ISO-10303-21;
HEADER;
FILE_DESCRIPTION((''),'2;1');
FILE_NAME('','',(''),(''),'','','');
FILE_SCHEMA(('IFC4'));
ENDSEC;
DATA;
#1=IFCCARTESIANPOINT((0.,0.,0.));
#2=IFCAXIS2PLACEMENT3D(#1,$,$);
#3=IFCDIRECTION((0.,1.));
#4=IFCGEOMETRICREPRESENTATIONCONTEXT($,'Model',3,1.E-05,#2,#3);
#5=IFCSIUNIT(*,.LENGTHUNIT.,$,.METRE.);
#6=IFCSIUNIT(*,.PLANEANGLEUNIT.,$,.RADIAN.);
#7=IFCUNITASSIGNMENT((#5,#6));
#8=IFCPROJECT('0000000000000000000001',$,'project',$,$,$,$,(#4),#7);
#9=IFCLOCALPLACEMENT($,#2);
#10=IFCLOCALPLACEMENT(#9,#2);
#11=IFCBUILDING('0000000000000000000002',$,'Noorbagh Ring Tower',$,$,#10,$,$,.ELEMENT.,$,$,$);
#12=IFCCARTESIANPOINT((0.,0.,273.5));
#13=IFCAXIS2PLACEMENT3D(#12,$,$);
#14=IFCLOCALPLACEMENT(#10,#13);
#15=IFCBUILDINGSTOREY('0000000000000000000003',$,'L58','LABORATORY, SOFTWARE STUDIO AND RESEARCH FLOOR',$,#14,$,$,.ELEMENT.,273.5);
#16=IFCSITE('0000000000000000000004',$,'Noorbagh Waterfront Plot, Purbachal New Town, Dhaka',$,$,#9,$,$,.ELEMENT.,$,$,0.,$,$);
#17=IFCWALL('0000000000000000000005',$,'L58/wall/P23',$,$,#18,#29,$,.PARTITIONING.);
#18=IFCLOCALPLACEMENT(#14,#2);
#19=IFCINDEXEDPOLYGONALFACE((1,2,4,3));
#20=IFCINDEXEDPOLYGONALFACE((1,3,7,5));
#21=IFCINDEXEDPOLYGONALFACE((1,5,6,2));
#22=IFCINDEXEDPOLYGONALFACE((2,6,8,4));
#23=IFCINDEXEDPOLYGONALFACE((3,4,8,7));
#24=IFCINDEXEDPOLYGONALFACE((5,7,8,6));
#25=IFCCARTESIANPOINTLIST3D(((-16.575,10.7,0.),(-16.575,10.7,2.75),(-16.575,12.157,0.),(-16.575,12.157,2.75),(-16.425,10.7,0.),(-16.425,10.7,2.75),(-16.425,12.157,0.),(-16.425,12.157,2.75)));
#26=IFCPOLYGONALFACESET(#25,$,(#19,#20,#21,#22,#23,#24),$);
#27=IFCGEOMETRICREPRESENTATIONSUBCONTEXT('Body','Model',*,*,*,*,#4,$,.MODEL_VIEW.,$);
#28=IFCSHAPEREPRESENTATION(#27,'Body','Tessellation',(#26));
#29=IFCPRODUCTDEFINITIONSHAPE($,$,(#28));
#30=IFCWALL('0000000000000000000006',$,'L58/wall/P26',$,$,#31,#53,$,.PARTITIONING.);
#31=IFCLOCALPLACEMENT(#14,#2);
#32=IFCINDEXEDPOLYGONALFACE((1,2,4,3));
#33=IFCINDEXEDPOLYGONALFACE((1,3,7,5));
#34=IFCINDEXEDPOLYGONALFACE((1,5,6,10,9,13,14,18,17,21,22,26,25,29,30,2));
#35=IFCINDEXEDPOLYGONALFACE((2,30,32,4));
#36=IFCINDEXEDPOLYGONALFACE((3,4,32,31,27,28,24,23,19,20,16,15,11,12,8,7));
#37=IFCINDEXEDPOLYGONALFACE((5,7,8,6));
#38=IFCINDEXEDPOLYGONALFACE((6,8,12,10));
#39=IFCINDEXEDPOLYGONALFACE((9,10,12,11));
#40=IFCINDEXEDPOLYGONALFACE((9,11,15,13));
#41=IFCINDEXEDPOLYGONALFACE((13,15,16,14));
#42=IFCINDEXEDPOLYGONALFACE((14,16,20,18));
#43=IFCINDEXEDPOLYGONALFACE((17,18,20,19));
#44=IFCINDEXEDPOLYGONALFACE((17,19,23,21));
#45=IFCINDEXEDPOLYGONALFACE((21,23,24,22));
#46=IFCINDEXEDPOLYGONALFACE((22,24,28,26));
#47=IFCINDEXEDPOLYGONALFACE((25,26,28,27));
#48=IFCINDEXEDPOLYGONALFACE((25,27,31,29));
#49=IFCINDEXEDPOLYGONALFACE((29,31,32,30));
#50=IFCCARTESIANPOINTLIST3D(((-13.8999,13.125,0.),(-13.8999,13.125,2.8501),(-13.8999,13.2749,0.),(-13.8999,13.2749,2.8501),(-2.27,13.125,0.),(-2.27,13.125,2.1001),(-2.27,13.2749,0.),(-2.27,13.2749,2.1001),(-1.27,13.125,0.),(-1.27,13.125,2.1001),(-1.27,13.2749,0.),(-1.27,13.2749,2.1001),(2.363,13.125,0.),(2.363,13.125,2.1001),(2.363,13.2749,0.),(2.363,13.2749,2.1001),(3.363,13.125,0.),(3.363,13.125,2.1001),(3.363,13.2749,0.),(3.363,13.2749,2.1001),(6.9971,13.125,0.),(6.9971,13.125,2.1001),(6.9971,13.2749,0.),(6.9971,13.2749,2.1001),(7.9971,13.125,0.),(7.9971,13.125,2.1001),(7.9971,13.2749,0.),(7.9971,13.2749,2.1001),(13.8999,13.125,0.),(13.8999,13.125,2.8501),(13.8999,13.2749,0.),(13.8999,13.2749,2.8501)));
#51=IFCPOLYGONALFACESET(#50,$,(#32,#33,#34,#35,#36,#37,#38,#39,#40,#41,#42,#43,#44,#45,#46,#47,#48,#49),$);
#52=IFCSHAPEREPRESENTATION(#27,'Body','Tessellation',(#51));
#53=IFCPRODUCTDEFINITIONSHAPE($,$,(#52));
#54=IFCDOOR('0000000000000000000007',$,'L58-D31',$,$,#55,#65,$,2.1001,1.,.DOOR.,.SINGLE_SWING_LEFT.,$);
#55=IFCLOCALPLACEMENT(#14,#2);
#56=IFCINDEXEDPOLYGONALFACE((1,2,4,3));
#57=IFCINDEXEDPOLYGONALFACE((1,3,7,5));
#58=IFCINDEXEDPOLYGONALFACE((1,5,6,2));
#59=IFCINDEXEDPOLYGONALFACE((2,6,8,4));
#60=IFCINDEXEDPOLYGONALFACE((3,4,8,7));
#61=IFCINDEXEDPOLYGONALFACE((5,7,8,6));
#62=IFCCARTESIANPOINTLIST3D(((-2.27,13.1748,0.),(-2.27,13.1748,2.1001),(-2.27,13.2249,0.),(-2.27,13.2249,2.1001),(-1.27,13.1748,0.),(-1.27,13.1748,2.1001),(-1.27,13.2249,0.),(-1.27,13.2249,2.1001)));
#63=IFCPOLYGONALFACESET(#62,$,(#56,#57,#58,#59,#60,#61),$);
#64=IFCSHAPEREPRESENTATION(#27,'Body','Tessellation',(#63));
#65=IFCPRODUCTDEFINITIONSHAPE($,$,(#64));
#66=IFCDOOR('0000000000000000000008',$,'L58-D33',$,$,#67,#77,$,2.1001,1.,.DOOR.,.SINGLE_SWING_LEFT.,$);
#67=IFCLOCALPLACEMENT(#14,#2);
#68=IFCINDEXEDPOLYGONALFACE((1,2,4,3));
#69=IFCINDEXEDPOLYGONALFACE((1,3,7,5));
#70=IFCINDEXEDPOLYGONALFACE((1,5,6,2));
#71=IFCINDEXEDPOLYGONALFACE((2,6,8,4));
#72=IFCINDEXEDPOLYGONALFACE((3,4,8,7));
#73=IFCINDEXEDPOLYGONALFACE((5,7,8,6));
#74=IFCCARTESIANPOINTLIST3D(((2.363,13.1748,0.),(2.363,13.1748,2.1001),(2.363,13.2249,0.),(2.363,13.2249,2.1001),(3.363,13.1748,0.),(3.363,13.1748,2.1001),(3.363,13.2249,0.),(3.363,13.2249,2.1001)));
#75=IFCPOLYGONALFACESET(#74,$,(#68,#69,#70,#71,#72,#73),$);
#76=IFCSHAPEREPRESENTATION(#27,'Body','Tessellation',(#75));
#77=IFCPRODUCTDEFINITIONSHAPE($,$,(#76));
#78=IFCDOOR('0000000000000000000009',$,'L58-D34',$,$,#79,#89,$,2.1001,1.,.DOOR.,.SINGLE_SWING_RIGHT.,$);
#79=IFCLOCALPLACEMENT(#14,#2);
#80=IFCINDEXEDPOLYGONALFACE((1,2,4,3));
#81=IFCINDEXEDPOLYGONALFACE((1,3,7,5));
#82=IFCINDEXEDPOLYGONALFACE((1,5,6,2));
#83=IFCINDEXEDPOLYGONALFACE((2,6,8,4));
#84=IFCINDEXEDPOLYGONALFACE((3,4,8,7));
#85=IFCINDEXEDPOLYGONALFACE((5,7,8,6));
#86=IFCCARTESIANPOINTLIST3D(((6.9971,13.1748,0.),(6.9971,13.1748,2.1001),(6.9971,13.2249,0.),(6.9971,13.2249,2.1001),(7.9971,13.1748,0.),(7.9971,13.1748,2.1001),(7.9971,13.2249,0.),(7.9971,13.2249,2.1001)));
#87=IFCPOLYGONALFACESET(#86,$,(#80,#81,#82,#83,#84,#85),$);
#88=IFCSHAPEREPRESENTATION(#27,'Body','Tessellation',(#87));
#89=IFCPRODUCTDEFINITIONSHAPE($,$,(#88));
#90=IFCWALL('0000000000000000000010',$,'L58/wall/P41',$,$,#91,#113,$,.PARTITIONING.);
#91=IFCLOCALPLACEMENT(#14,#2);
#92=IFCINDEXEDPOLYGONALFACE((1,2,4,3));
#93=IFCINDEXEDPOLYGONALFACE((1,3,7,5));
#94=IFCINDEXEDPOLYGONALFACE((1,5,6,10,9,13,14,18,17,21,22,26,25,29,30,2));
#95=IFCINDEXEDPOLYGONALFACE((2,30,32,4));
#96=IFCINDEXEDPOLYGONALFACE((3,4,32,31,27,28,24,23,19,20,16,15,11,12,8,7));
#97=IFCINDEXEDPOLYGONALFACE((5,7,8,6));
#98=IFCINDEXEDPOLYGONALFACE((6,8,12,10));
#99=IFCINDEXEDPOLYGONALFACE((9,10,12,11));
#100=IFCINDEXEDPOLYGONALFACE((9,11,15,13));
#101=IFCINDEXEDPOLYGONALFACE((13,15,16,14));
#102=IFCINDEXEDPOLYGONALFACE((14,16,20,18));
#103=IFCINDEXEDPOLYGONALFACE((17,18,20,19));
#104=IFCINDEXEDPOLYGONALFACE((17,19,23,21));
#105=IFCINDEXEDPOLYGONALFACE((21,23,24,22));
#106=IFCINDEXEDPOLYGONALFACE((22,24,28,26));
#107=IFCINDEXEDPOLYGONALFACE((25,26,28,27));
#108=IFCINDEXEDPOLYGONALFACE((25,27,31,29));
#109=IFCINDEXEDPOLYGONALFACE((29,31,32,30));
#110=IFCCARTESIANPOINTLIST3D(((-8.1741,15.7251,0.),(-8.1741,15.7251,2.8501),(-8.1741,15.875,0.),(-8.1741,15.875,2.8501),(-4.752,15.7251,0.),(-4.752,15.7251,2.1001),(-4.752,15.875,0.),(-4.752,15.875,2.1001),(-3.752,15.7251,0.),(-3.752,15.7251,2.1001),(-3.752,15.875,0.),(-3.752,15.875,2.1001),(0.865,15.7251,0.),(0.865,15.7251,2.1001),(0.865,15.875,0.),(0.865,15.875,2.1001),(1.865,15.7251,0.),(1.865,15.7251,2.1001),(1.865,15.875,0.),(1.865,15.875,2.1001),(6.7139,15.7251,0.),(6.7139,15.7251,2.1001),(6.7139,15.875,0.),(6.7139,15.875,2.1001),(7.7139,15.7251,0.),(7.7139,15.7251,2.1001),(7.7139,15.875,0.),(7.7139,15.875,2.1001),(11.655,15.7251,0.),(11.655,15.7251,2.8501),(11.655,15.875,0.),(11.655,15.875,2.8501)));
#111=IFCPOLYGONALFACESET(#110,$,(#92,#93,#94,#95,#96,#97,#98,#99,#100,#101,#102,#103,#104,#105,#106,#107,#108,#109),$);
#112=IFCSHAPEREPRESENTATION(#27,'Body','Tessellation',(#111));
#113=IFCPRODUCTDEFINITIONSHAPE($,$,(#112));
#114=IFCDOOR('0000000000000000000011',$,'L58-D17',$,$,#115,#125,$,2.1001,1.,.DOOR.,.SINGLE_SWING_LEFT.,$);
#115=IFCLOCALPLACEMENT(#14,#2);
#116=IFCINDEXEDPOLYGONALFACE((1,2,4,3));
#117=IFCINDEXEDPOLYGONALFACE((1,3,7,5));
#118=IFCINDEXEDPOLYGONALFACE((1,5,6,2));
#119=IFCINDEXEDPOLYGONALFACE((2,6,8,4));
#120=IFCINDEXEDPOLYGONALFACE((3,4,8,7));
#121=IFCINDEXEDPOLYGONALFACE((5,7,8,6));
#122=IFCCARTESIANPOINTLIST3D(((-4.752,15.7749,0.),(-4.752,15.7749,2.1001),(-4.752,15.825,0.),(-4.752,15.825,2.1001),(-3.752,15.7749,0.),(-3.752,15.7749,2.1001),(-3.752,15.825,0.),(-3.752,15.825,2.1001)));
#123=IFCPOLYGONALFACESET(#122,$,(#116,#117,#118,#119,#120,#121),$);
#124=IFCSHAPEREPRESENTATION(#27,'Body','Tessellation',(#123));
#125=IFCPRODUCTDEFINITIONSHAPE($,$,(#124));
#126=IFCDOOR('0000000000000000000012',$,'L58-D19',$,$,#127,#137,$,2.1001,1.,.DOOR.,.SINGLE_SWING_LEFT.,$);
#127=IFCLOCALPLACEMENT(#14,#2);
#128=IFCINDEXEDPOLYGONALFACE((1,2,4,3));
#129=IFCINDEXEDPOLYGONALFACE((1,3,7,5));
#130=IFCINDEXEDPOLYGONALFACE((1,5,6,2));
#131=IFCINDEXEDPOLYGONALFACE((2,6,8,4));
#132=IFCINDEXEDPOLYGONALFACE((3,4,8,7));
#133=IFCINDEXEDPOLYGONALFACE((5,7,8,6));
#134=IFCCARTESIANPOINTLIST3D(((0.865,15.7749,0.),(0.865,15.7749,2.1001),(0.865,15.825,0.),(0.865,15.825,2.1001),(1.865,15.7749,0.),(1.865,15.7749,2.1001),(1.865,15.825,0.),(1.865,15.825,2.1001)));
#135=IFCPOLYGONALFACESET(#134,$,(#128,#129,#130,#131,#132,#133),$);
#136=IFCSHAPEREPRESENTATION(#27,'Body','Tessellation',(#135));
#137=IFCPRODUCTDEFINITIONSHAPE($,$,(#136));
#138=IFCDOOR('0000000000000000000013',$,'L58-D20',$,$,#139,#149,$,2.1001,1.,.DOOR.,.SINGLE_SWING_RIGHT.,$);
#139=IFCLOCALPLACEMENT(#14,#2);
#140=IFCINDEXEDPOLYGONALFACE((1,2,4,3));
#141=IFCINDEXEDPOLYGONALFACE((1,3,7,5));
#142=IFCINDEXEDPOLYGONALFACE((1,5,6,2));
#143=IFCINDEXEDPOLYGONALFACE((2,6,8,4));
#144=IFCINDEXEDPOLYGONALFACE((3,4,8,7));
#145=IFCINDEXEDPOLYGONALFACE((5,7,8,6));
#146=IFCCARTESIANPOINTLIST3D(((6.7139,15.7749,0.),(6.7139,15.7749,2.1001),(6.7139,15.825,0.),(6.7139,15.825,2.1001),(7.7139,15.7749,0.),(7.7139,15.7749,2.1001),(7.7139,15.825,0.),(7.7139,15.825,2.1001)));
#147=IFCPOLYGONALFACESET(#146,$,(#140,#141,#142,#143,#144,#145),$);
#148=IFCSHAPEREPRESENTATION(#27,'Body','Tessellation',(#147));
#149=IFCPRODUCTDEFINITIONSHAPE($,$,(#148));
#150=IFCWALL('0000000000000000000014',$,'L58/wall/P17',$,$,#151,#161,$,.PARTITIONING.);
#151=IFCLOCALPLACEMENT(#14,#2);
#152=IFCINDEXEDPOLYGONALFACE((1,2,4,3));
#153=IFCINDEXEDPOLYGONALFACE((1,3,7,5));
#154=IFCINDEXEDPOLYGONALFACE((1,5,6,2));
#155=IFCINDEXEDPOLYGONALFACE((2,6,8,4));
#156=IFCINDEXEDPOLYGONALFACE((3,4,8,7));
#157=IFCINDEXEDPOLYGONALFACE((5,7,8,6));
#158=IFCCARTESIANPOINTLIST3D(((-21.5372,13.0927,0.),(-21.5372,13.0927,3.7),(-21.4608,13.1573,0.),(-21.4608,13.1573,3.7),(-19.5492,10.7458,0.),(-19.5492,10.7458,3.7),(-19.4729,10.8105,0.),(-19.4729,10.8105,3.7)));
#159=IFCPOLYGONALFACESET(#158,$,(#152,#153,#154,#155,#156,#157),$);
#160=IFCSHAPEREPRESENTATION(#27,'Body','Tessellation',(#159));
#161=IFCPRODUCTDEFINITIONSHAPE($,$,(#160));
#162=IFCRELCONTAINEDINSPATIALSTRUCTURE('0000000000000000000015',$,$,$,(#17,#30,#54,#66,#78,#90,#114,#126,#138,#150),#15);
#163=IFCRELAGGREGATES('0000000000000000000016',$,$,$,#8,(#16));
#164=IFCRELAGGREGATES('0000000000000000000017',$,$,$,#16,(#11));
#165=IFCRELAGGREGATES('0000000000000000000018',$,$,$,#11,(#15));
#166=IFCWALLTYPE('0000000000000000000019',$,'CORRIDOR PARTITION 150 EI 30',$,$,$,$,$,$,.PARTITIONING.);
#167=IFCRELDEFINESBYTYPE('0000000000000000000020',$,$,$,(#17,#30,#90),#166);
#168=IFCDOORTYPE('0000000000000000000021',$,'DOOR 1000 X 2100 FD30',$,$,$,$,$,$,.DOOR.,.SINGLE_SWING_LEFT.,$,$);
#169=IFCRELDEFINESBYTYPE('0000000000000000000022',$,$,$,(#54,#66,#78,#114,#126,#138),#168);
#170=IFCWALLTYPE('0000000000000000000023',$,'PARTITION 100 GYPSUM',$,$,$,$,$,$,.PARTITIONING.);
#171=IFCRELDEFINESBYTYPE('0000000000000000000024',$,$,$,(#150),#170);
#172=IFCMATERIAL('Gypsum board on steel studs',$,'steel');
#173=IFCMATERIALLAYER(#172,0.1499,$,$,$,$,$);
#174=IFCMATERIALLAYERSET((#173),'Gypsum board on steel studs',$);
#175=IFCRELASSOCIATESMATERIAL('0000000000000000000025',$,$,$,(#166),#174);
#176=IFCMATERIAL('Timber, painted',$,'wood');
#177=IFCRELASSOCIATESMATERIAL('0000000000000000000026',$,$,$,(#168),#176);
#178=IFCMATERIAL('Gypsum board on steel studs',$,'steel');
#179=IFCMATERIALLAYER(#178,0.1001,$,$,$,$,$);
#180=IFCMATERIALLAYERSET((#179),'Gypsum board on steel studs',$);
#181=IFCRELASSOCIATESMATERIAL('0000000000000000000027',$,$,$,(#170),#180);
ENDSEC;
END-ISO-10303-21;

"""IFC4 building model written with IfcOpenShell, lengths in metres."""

from ifc_helpers import new_model, si_unit, direction, frame, frame_2d, origin, place, context, subcontext, project, spatial, rectangle, extrude, material, layer, layer_set, type_object, element, fill, save


model = new_model("IFC4")

# Units and contexts
model_context = context("Model", 3, precision=1e-05, world=origin(), true_north=direction((0.0, 1.0)))
body_context = subcontext(model_context, "Body", "Model", "MODEL_VIEW")
ifc_project = project(units=[si_unit("LENGTHUNIT", "METRE"), si_unit("PLANEANGLEUNIT", "RADIAN")], contexts=[model_context])

# Site, building, storey
site_placement = place(None, origin())
site = spatial("IfcSite", under=ifc_project, at=site_placement, Name="Noorbagh Waterfront Plot, Purbachal New Town, Dhaka", CompositionType="ELEMENT", RefElevation=0.0)
building_placement = place(site_placement, origin())
building = spatial("IfcBuilding", under=site, at=building_placement, Name="Noorbagh Ring Tower", CompositionType="ELEMENT")
storey_placement = place(building_placement, frame((0.0, 0.0, 273.5)))
storey = spatial("IfcBuildingStorey", under=building, at=storey_placement, Name="L58", Description="LABORATORY, SOFTWARE STUDIO AND RESEARCH FLOOR", CompositionType="ELEMENT", Elevation=273.5)

# Wall
ifc_material_1 = material(Name="Gypsum board on steel studs", Category="steel")
ifc_layer_1 = layer(ifc_material_1, 0.1499)
ifc_layer_set_1 = layer_set([ifc_layer_1], Name="Gypsum board on steel studs")
wall_type_1 = type_object("IfcWallType", Name="CORRIDOR PARTITION 150 EI 30", PredefinedType="PARTITIONING", material=ifc_layer_set_1)
wall_1_placement = place(storey_placement, frame((-16.5, 10.7, 0.0), z_axis=(0.0, 0.0, 1.0), x_axis=(0.0, 1.0, 0.0)))
element("IfcWall", 1, at=wall_1_placement, inside=storey, type_object=wall_type_1, Name="L58/wall/P23", PredefinedType="PARTITIONING", context=body_context, shape_type="SweptSolid", body=[
    extrude(rectangle(XDim=1.457, YDim=0.1499, at=frame_2d((0.7285, 0.0))), origin(), (0.0, 0.0, 1.0), 2.75),
])

# Walls, openings, doors
wall_2_placement = place(storey_placement, frame((-13.8999, 13.2, 0.0), z_axis=(0.0, 0.0, 1.0), x_axis=(1.0, 0.0, 0.0)))
wall_2 = element("IfcWall", 2, at=wall_2_placement, inside=storey, type_object=wall_type_1, Name="L58/wall/P26", PredefinedType="PARTITIONING", context=body_context, shape_type="SweptSolid", body=[
    extrude(rectangle(XDim=27.7998, YDim=0.1499, at=frame_2d((13.8999, 0.0))), origin(), (0.0, 0.0, 1.0), 2.8501),
])
opening_1_placement = place(wall_2_placement, frame((11.6299, 0.0, 0.0)))
opening_1 = element("IfcOpeningElement", 3, at=opening_1_placement, cuts=wall_2, PredefinedType="OPENING", context=body_context, shape_type="SweptSolid", body=[
    extrude(rectangle(XDim=1.0, YDim=2.1001, at=frame_2d((0.5, 1.05))), frame((0.0, 0.085, 0.0), z_axis=(0.0, -1.0, 0.0), x_axis=(1.0, 0.0, 0.0)), (0.0, 0.0, 1.0), 0.1699),
])
opening_2_placement = place(wall_2_placement, frame((16.2629, 0.0, 0.0)))
opening_2 = element("IfcOpeningElement", 4, at=opening_2_placement, cuts=wall_2, PredefinedType="OPENING", context=body_context, shape_type="SweptSolid", body=[
    extrude(rectangle(XDim=1.0, YDim=2.1001, at=frame_2d((0.5, 1.05))), frame((0.0, 0.085, 0.0), z_axis=(0.0, -1.0, 0.0), x_axis=(1.0, 0.0, 0.0)), (0.0, 0.0, 1.0), 0.1699),
])
opening_3_placement = place(wall_2_placement, frame((20.897, 0.0, 0.0)))
opening_3 = element("IfcOpeningElement", 5, at=opening_3_placement, cuts=wall_2, PredefinedType="OPENING", context=body_context, shape_type="SweptSolid", body=[
    extrude(rectangle(XDim=1.0, YDim=2.1001, at=frame_2d((0.5, 1.05))), frame((0.0, 0.085, 0.0), z_axis=(0.0, -1.0, 0.0), x_axis=(1.0, 0.0, 0.0)), (0.0, 0.0, 1.0), 0.1699),
])
ifc_material_2 = material(Name="Timber, painted", Category="wood")
door_type = type_object("IfcDoorType", Name="DOOR 1000 X 2100 FD30", OperationType="SINGLE_SWING_LEFT", PredefinedType="DOOR", material=ifc_material_2)
door_1_placement = place(opening_1_placement, origin())
door_1 = element("IfcDoor", 6, at=door_1_placement, inside=storey, type_object=door_type, Name="L58-D31", OperationType="SINGLE_SWING_LEFT", OverallHeight=2.1001, OverallWidth=1.0, PredefinedType="DOOR", context=body_context, shape_type="SweptSolid", body=[
    extrude(rectangle(XDim=1.0, YDim=2.1001, at=frame_2d((0.5, 1.05))), frame((0.0, 0.0249, 0.0), z_axis=(0.0, -1.0, 0.0), x_axis=(1.0, 0.0, 0.0)), (0.0, 0.0, 1.0), 0.05),
])
fill(opening_1, door_1)
door_2_placement = place(opening_2_placement, origin())
door_2 = element("IfcDoor", 7, at=door_2_placement, inside=storey, type_object=door_type, Name="L58-D33", OperationType="SINGLE_SWING_LEFT", OverallHeight=2.1001, OverallWidth=1.0, PredefinedType="DOOR", context=body_context, shape_type="SweptSolid", body=[
    extrude(rectangle(XDim=1.0, YDim=2.1001, at=frame_2d((0.5, 1.05))), frame((0.0, 0.0249, 0.0), z_axis=(0.0, -1.0, 0.0), x_axis=(1.0, 0.0, 0.0)), (0.0, 0.0, 1.0), 0.05),
])
fill(opening_2, door_2)
door_3_placement = place(opening_3_placement, origin())
door_3 = element("IfcDoor", 8, at=door_3_placement, inside=storey, type_object=door_type, Name="L58-D34", OperationType="SINGLE_SWING_RIGHT", OverallHeight=2.1001, OverallWidth=1.0, PredefinedType="DOOR", context=body_context, shape_type="SweptSolid", body=[
    extrude(rectangle(XDim=1.0, YDim=2.1001, at=frame_2d((0.5, 1.05))), frame((0.0, 0.0249, 0.0), z_axis=(0.0, -1.0, 0.0), x_axis=(1.0, 0.0, 0.0)), (0.0, 0.0, 1.0), 0.05),
])
fill(opening_3, door_3)
wall_3_placement = place(storey_placement, frame((-8.1741, 15.8, 0.0), z_axis=(0.0, 0.0, 1.0), x_axis=(1.0, 0.0, 0.0)))
wall_3 = element("IfcWall", 9, at=wall_3_placement, inside=storey, type_object=wall_type_1, Name="L58/wall/P41", PredefinedType="PARTITIONING", context=body_context, shape_type="SweptSolid", body=[
    extrude(rectangle(XDim=19.8291, YDim=0.1499, at=frame_2d((9.9146, 0.0))), origin(), (0.0, 0.0, 1.0), 2.8501),
])
opening_4_placement = place(wall_3_placement, frame((3.4221, 0.0, 0.0)))
opening_4 = element("IfcOpeningElement", 10, at=opening_4_placement, cuts=wall_3, PredefinedType="OPENING", context=body_context, shape_type="SweptSolid", body=[
    extrude(rectangle(XDim=1.0, YDim=2.1001, at=frame_2d((0.5, 1.05))), frame((0.0, 0.085, 0.0), z_axis=(0.0, -1.0, 0.0), x_axis=(1.0, 0.0, 0.0)), (0.0, 0.0, 1.0), 0.1699),
])
opening_5_placement = place(wall_3_placement, frame((9.0391, 0.0, 0.0)))
opening_5 = element("IfcOpeningElement", 11, at=opening_5_placement, cuts=wall_3, PredefinedType="OPENING", context=body_context, shape_type="SweptSolid", body=[
    extrude(rectangle(XDim=1.0, YDim=2.1001, at=frame_2d((0.5, 1.05))), frame((0.0, 0.085, 0.0), z_axis=(0.0, -1.0, 0.0), x_axis=(1.0, 0.0, 0.0)), (0.0, 0.0, 1.0), 0.1699),
])
opening_6_placement = place(wall_3_placement, frame((14.8879, 0.0, 0.0)))
opening_6 = element("IfcOpeningElement", 12, at=opening_6_placement, cuts=wall_3, PredefinedType="OPENING", context=body_context, shape_type="SweptSolid", body=[
    extrude(rectangle(XDim=1.0, YDim=2.1001, at=frame_2d((0.5, 1.05))), frame((0.0, 0.085, 0.0), z_axis=(0.0, -1.0, 0.0), x_axis=(1.0, 0.0, 0.0)), (0.0, 0.0, 1.0), 0.1699),
])
door_4_placement = place(opening_4_placement, origin())
door_4 = element("IfcDoor", 13, at=door_4_placement, inside=storey, type_object=door_type, Name="L58-D17", OperationType="SINGLE_SWING_LEFT", OverallHeight=2.1001, OverallWidth=1.0, PredefinedType="DOOR", context=body_context, shape_type="SweptSolid", body=[
    extrude(rectangle(XDim=1.0, YDim=2.1001, at=frame_2d((0.5, 1.05))), frame((0.0, 0.0249, 0.0), z_axis=(0.0, -1.0, 0.0), x_axis=(1.0, 0.0, 0.0)), (0.0, 0.0, 1.0), 0.05),
])
fill(opening_4, door_4)
door_5_placement = place(opening_5_placement, origin())
door_5 = element("IfcDoor", 14, at=door_5_placement, inside=storey, type_object=door_type, Name="L58-D19", OperationType="SINGLE_SWING_LEFT", OverallHeight=2.1001, OverallWidth=1.0, PredefinedType="DOOR", context=body_context, shape_type="SweptSolid", body=[
    extrude(rectangle(XDim=1.0, YDim=2.1001, at=frame_2d((0.5, 1.05))), frame((0.0, 0.0249, 0.0), z_axis=(0.0, -1.0, 0.0), x_axis=(1.0, 0.0, 0.0)), (0.0, 0.0, 1.0), 0.05),
])
fill(opening_5, door_5)
door_6_placement = place(opening_6_placement, origin())
door_6 = element("IfcDoor", 15, at=door_6_placement, inside=storey, type_object=door_type, Name="L58-D20", OperationType="SINGLE_SWING_RIGHT", OverallHeight=2.1001, OverallWidth=1.0, PredefinedType="DOOR", context=body_context, shape_type="SweptSolid", body=[
    extrude(rectangle(XDim=1.0, YDim=2.1001, at=frame_2d((0.5, 1.05))), frame((0.0, 0.0249, 0.0), z_axis=(0.0, -1.0, 0.0), x_axis=(1.0, 0.0, 0.0)), (0.0, 0.0, 1.0), 0.05),
])
fill(opening_6, door_6)

# Wall
ifc_material_3 = material(Name="Gypsum board on steel studs", Category="steel")
ifc_layer_2 = layer(ifc_material_3, 0.1001)
ifc_layer_set_2 = layer_set([ifc_layer_2], Name="Gypsum board on steel studs")
wall_type_2 = type_object("IfcWallType", Name="PARTITION 100 GYPSUM", PredefinedType="PARTITIONING", material=ifc_layer_set_2)
wall_4_placement = place(storey_placement, frame((-21.499, 13.125, 0.0), z_axis=(0.0, 0.0, 1.0), x_axis=(0.646355, -0.763037, 0.0)))
element("IfcWall", 16, at=wall_4_placement, inside=storey, type_object=wall_type_2, Name="L58/wall/P17", PredefinedType="PARTITIONING", context=body_context, shape_type="SweptSolid", body=[
    extrude(rectangle(XDim=3.0757, YDim=0.1001, at=frame_2d((1.5378, 0.0))), origin(), (0.0, 0.0, 1.0), 3.7),
])

save(model, "model.ifc")
